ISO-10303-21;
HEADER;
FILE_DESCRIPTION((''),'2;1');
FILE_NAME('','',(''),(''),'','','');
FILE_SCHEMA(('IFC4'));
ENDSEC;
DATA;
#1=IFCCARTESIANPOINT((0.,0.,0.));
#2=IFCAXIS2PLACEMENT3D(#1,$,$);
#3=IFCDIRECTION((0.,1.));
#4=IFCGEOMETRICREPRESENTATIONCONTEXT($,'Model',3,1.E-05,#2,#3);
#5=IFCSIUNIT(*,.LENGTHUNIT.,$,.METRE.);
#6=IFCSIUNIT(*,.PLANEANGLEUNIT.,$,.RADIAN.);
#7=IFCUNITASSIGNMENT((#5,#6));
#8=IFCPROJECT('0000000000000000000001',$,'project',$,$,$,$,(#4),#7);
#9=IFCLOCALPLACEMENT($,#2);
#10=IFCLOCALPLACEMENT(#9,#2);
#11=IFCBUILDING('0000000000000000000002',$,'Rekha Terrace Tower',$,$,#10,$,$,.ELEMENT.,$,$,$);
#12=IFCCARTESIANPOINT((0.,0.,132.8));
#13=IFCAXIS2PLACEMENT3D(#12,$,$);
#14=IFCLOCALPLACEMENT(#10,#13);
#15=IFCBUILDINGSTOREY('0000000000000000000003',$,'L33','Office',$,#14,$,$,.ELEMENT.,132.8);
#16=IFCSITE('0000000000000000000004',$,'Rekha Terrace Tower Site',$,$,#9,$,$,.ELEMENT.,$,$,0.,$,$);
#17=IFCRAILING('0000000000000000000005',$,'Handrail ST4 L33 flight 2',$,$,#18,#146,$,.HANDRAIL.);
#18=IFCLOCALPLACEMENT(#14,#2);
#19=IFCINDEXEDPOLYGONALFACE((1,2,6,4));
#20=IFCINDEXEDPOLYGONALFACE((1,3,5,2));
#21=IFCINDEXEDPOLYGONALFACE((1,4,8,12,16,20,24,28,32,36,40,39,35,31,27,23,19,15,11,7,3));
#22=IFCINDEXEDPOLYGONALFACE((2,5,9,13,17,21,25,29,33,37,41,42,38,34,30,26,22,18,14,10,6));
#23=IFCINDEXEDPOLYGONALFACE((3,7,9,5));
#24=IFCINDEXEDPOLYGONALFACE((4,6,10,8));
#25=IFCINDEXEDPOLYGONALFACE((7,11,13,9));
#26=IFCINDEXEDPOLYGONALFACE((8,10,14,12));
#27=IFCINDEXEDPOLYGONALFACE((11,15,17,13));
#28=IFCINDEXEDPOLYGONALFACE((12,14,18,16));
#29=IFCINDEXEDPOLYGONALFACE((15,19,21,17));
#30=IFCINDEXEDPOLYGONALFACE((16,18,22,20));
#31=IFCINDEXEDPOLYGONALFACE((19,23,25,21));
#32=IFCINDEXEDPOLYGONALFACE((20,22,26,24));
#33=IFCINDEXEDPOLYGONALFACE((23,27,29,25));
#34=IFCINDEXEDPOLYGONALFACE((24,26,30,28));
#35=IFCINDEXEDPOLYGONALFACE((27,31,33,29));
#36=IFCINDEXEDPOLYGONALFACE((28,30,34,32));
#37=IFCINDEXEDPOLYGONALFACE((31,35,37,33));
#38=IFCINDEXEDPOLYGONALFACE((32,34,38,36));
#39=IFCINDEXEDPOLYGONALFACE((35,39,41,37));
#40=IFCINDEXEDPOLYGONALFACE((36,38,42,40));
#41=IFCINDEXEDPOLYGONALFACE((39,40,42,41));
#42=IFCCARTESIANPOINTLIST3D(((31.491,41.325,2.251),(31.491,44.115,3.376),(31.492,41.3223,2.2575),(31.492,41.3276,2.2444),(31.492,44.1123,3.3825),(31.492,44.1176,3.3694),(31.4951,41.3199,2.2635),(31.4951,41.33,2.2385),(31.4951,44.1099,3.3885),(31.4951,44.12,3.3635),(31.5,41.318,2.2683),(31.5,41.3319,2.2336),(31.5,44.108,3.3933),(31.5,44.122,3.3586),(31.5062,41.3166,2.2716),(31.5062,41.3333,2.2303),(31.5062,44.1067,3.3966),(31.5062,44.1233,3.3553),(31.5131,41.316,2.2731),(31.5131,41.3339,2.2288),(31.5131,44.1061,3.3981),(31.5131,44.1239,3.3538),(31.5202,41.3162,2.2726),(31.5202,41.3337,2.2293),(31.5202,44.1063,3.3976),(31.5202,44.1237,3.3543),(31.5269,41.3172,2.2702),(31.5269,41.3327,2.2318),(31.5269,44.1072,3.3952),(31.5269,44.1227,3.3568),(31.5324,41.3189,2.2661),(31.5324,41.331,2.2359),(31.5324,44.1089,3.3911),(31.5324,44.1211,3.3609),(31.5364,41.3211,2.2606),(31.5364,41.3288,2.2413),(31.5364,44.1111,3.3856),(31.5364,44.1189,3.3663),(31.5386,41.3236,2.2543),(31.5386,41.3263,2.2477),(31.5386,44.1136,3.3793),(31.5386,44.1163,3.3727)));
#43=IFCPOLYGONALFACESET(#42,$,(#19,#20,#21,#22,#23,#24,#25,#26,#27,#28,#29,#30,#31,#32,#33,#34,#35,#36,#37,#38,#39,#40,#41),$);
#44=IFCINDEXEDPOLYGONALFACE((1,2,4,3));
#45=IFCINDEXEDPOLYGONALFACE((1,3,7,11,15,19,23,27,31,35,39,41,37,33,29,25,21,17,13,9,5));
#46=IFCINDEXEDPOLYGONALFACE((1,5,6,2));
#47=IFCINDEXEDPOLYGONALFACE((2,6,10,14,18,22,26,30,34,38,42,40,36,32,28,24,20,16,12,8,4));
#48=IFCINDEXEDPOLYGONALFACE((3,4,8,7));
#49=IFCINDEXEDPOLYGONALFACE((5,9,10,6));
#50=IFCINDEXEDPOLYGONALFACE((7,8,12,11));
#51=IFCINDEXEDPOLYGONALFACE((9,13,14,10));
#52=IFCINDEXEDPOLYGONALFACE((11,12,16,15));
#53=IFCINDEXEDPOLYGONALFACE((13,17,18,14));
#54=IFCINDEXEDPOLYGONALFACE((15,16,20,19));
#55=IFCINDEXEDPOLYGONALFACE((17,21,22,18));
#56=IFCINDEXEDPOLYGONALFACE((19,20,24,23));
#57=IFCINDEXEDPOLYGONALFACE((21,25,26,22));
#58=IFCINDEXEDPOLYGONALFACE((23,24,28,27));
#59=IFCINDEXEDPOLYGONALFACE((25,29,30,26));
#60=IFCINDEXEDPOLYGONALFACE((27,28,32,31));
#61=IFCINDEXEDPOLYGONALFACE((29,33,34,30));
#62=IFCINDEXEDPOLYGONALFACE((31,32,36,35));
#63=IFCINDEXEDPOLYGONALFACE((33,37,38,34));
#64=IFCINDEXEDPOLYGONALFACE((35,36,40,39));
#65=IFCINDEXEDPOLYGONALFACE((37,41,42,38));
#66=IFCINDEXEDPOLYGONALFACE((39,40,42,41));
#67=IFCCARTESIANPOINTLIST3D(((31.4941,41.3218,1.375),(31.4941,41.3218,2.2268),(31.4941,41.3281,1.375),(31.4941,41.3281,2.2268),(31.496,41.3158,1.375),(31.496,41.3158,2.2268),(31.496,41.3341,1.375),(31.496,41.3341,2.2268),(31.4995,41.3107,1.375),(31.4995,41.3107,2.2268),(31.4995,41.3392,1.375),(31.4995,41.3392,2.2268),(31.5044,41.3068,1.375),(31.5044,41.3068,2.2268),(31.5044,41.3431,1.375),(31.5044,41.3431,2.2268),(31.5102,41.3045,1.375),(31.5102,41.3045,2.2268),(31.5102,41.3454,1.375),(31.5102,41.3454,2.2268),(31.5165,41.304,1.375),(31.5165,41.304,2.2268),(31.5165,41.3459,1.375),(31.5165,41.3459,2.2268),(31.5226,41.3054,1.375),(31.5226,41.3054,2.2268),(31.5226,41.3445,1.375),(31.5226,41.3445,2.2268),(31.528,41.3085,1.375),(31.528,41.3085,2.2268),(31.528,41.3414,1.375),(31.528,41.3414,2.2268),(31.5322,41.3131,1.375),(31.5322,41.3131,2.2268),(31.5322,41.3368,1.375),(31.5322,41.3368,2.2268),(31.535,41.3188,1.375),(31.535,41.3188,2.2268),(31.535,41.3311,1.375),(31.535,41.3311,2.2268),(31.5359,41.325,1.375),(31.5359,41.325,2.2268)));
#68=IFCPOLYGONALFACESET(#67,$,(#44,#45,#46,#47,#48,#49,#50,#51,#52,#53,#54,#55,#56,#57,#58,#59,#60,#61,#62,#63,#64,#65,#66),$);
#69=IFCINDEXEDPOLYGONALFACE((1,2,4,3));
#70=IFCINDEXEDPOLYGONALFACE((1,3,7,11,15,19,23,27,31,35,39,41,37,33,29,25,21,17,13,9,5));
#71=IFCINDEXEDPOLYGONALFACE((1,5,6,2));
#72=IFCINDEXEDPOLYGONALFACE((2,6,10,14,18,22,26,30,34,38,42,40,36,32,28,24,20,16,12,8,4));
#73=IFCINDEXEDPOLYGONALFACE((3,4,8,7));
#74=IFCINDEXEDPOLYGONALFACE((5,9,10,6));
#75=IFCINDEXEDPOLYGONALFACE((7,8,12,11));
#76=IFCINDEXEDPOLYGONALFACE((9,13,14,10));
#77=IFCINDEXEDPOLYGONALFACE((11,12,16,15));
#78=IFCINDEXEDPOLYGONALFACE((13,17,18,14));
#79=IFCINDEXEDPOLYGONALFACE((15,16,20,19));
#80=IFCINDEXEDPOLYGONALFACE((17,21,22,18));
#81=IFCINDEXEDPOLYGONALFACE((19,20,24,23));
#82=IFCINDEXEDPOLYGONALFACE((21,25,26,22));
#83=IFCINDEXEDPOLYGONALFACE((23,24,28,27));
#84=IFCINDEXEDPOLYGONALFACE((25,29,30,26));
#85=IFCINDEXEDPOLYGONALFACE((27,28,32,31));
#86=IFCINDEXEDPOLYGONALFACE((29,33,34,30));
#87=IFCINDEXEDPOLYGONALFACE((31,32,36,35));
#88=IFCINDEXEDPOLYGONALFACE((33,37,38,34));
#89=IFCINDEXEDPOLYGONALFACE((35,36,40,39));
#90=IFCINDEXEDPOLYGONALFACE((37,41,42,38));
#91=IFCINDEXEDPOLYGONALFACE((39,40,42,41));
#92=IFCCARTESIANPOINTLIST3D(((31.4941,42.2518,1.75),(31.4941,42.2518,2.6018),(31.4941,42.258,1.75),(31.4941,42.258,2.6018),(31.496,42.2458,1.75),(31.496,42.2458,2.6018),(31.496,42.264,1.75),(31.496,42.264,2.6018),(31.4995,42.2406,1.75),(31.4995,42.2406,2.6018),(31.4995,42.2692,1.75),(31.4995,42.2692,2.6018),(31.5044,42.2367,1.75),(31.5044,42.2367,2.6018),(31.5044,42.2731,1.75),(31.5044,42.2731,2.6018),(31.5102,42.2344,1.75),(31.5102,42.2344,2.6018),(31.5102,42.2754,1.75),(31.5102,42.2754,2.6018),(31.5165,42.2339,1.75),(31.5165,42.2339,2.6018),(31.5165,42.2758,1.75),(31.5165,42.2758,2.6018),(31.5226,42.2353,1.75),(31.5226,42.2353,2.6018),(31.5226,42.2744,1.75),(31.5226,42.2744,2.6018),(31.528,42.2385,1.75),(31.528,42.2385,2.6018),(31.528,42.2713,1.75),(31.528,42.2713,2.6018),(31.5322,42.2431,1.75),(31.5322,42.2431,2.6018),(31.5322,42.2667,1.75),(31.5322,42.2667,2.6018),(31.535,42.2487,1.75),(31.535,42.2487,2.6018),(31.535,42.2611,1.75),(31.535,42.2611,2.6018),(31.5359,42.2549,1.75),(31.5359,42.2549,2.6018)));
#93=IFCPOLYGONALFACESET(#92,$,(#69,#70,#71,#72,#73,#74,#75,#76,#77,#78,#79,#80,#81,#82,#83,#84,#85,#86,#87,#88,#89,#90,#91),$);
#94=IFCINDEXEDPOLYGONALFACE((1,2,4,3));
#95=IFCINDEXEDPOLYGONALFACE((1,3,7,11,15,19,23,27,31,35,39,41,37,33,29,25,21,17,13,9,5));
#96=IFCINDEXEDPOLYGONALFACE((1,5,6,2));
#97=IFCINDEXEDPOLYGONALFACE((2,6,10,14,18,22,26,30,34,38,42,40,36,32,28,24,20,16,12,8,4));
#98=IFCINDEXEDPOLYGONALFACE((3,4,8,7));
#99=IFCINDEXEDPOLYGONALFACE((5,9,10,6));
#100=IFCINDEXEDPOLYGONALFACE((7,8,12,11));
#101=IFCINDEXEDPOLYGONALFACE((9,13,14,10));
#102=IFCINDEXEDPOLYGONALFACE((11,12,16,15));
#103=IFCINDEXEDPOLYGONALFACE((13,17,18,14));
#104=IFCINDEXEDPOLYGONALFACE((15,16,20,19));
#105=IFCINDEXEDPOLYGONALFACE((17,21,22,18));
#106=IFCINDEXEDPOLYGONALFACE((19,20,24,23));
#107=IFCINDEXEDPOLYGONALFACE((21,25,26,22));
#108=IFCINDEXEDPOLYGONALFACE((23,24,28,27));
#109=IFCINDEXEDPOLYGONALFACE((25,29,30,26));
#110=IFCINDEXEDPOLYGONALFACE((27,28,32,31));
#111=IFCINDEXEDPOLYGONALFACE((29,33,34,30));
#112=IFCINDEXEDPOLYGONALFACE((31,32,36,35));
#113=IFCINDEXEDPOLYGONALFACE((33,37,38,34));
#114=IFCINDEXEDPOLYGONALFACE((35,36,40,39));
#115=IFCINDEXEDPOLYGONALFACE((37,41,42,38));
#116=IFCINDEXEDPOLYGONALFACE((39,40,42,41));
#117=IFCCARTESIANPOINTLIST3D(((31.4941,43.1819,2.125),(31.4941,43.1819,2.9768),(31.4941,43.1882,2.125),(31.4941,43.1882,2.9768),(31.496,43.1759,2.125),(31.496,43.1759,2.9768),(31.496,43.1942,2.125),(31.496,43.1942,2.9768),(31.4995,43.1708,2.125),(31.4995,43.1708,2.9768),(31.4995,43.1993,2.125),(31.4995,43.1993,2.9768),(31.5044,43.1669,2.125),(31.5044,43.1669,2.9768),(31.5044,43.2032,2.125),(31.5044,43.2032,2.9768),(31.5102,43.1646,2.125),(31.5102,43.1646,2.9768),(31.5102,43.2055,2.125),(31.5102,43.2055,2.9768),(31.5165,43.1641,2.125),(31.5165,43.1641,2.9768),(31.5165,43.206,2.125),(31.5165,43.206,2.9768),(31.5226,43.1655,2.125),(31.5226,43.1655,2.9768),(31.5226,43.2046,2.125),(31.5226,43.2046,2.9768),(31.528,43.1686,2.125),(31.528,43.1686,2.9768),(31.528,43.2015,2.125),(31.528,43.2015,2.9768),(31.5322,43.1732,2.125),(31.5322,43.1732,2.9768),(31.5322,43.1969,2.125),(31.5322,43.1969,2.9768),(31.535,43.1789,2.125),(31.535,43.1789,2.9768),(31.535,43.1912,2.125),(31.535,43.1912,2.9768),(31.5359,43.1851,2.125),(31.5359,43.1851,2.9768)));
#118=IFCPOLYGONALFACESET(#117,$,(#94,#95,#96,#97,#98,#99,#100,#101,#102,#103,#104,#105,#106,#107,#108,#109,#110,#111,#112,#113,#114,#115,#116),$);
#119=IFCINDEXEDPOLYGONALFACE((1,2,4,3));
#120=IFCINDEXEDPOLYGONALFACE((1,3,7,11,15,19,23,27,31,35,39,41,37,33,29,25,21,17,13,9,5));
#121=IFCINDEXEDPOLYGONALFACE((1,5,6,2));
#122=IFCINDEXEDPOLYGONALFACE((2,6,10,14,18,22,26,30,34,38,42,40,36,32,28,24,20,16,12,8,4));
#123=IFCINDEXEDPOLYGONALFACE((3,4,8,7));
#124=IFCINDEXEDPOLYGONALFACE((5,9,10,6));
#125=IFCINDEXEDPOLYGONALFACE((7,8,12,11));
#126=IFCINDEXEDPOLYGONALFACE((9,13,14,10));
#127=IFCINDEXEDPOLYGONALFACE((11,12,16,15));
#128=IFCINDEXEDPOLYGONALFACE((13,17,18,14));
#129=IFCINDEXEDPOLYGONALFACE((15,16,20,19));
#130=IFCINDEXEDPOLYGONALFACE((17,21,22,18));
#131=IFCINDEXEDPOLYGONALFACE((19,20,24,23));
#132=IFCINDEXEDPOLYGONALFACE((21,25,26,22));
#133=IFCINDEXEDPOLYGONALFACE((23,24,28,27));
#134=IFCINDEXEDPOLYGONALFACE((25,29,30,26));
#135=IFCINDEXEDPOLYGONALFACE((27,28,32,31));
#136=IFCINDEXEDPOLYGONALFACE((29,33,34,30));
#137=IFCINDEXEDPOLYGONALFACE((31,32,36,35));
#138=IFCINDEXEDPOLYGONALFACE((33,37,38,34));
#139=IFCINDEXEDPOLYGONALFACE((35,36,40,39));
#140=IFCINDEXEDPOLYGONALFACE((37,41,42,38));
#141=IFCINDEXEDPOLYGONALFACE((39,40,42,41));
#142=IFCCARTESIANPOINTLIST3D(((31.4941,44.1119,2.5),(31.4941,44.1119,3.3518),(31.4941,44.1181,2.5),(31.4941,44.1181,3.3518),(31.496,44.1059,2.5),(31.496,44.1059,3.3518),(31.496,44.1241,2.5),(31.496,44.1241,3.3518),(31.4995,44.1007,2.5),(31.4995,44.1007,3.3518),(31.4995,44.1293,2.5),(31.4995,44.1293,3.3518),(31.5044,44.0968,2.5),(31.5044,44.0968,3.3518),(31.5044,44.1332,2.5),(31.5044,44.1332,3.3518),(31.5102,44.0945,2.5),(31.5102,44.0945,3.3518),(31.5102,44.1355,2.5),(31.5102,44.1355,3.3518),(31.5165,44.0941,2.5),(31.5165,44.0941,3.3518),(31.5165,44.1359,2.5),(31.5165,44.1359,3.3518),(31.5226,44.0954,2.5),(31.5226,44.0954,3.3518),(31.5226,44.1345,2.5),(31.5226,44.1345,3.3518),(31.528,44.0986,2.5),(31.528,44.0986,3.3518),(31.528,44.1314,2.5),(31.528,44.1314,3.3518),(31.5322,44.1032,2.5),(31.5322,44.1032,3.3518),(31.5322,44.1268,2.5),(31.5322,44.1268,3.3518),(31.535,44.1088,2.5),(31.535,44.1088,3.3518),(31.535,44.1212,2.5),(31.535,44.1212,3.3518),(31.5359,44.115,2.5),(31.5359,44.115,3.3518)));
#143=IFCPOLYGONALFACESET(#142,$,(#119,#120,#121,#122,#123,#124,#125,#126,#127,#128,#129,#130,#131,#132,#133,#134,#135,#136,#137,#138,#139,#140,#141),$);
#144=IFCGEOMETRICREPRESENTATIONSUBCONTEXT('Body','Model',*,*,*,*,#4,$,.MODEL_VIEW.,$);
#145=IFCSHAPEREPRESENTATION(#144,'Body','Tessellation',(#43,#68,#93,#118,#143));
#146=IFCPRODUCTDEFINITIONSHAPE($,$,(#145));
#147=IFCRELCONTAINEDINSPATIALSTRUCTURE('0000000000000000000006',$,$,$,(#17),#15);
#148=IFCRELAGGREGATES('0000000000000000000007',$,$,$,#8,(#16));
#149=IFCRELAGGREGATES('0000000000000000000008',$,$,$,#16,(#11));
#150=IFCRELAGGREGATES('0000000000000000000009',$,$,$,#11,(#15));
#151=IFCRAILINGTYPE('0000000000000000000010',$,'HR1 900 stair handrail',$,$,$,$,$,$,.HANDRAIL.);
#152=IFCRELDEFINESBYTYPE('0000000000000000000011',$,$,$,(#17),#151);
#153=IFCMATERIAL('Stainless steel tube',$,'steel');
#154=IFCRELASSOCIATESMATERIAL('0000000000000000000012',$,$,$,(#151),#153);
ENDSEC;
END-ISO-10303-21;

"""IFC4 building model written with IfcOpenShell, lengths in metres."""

from ifc_helpers import new_model, si_unit, direction, frame, origin, origin_2d, place, context, subcontext, project, spatial, circle, extrude, material, type_object, element, save


model = new_model("IFC4")

# Units and contexts
model_context = context("Model", 3, precision=1e-05, world=origin(), true_north=direction((0.0, 1.0)))
body_context = subcontext(model_context, "Body", "Model", "MODEL_VIEW")
ifc_project = project(units=[si_unit("LENGTHUNIT", "METRE"), si_unit("PLANEANGLEUNIT", "RADIAN")], contexts=[model_context])

# Site, building, storey
site_placement = place(None, origin())
site = spatial("IfcSite", under=ifc_project, at=site_placement, Name="Rekha Terrace Tower Site", CompositionType="ELEMENT", RefElevation=0.0)
building_placement = place(site_placement, origin())
building = spatial("IfcBuilding", under=site, at=building_placement, Name="Rekha Terrace Tower", CompositionType="ELEMENT")
storey_placement = place(building_placement, frame((0.0, 0.0, 132.8)))
storey = spatial("IfcBuildingStorey", under=building, at=storey_placement, Name="L33", Description="Office", CompositionType="ELEMENT", Elevation=132.8)

# Railing
ifc_material_1 = material(Name="Stainless steel tube", Category="steel")
railing_type_1 = type_object("IfcRailingType", Name="HR1 900 stair handrail", PredefinedType="HANDRAIL", material=ifc_material_1)
railing_1_placement = place(storey_placement, frame((31.5149, 41.325, 1.375)))
element("IfcRailing", 1, at=railing_1_placement, inside=storey, type_object=railing_type_1, Name="Handrail ST4 L33 flight 2", PredefinedType="HANDRAIL", context=body_context, shape_type="SweptSolid", body=[
    extrude(circle(Radius=0.0239, at=origin_2d()), frame((0.0, 0.0, 0.876), z_axis=(0.0, 0.927443, 0.373964), x_axis=(-1.0, 0.0, 0.0)), (0.0, 0.0, 1.0), 3.0083),
    extrude(circle(Radius=0.021, at=origin_2d()), origin(), (0.0, 0.0, 1.0), 0.8518),
    extrude(circle(Radius=0.021, at=origin_2d()), frame((0.0, 0.9299, 0.375)), (0.0, 0.0, 1.0), 0.8518),
    extrude(circle(Radius=0.021, at=origin_2d()), frame((0.0, 1.8601, 0.75)), (0.0, 0.0, 1.0), 0.8518),
    extrude(circle(Radius=0.021, at=origin_2d()), frame((0.0, 2.79, 1.125)), (0.0, 0.0, 1.0), 0.8518),
])

save(model, "model.ifc")
